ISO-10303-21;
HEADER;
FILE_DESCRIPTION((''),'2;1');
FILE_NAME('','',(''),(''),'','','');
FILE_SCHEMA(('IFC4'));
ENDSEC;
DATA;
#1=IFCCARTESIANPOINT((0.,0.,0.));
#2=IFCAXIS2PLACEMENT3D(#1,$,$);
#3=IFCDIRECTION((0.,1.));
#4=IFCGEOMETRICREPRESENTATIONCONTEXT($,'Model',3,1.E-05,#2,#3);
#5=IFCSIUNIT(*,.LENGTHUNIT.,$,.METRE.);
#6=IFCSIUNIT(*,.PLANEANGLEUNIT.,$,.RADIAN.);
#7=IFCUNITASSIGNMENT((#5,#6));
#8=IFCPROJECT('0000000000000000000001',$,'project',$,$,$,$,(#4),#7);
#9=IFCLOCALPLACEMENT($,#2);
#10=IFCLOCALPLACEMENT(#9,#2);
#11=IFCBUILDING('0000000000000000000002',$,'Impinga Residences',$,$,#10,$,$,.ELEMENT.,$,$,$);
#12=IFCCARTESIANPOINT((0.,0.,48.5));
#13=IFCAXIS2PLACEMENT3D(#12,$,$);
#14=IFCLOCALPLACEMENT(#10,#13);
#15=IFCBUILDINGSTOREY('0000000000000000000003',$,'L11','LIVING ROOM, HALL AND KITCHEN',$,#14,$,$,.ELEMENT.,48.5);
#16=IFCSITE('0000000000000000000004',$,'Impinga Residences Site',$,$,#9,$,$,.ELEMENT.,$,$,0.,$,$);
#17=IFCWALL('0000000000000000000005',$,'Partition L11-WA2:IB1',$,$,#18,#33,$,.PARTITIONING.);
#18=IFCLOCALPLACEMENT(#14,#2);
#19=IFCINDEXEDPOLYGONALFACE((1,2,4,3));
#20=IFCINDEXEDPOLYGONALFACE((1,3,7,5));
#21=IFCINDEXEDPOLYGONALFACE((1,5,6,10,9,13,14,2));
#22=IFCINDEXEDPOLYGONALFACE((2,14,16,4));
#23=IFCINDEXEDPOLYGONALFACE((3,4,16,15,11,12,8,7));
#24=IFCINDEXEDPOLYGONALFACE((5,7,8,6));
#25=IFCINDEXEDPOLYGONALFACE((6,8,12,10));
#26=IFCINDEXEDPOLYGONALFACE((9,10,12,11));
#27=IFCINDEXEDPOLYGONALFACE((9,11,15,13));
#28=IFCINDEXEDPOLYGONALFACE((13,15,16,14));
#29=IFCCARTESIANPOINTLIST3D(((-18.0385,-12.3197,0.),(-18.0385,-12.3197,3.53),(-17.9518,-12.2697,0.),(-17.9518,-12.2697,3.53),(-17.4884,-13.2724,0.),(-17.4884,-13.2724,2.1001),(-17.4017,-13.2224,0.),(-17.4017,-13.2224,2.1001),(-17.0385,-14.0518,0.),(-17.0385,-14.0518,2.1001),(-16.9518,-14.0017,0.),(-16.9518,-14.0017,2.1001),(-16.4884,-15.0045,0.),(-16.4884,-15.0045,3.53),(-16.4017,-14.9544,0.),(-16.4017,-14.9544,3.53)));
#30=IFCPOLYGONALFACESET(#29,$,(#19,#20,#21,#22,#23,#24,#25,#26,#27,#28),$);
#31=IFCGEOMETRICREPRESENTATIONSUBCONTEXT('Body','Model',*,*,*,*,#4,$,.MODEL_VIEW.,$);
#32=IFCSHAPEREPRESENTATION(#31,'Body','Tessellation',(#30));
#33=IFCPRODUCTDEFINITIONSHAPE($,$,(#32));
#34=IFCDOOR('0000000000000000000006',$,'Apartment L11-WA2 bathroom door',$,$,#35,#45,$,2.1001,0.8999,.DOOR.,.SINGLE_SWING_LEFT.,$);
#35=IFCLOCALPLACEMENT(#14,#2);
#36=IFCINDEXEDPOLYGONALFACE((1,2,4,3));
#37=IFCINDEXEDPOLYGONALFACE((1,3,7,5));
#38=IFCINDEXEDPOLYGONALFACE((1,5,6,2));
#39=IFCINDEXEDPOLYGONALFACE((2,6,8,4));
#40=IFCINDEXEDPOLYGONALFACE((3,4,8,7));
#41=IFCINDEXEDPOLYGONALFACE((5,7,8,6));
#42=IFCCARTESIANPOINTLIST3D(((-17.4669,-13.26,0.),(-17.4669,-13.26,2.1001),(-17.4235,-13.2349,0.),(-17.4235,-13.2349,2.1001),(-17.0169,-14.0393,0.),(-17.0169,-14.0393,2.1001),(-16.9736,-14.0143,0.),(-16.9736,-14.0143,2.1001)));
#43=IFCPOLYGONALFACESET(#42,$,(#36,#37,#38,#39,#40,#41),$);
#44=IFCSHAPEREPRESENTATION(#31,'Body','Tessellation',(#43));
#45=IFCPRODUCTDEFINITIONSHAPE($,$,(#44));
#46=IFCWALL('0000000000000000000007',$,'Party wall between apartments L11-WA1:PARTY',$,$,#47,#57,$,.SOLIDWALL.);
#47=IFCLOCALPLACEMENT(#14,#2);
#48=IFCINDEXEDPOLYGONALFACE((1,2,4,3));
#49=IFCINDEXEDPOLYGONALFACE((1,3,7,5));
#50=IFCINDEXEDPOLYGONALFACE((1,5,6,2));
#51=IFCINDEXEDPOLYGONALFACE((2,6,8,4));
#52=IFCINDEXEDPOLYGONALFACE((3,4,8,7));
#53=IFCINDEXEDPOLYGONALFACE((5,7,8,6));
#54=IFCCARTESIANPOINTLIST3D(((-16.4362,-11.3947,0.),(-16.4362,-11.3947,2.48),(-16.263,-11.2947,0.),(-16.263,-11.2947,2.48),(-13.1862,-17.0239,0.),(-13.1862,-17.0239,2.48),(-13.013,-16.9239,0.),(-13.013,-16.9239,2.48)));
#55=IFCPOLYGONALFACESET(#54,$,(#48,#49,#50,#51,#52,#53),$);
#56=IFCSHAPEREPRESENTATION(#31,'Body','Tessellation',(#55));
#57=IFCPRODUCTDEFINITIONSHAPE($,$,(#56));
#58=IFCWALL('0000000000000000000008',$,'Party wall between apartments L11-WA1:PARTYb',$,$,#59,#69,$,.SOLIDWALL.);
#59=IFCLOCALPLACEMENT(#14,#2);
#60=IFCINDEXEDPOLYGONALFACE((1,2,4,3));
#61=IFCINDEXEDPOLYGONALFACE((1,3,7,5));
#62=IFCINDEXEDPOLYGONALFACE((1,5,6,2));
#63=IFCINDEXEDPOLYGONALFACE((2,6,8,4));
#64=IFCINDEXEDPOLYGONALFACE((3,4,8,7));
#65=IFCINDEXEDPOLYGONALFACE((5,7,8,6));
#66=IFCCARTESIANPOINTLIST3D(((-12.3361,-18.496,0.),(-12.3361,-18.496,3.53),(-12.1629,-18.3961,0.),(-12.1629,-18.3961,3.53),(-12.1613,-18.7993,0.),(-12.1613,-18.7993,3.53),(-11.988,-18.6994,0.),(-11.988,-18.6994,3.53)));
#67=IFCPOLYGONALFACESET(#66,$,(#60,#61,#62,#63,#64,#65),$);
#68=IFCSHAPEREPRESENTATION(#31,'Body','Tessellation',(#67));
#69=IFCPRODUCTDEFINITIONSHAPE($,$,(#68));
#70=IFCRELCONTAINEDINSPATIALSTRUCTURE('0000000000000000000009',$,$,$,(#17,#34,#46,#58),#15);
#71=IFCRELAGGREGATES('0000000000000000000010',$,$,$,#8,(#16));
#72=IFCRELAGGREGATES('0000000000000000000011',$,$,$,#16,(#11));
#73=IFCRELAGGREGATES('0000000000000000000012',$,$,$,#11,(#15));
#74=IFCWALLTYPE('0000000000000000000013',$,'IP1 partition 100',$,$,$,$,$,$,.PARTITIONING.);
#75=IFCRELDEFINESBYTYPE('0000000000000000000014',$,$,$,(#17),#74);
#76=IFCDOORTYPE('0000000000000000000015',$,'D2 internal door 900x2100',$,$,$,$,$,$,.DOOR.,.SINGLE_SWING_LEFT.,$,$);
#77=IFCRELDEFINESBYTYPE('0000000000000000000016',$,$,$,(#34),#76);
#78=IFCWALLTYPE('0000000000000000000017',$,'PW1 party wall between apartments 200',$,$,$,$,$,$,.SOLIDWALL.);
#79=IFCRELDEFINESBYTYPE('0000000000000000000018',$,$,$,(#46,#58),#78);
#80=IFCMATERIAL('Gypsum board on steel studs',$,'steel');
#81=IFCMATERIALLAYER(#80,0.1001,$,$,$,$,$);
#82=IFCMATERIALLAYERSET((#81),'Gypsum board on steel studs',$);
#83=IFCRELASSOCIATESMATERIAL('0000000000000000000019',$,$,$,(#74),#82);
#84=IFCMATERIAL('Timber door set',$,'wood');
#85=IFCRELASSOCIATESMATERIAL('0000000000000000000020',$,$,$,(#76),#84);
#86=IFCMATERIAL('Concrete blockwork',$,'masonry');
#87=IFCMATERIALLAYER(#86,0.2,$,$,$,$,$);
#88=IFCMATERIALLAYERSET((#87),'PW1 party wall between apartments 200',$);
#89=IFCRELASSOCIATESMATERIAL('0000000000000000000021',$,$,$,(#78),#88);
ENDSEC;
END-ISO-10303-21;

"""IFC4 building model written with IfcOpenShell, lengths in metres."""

from ifc_helpers import new_model, si_unit, direction, frame, frame_2d, origin, place, context, subcontext, project, spatial, rectangle, extrude, material, layer, layer_set, type_object, element, fill, save


model = new_model("IFC4")

# Units and contexts
model_context = context("Model", 3, precision=1e-05, world=origin(), true_north=direction((0.0, 1.0)))
body_context = subcontext(model_context, "Body", "Model", "MODEL_VIEW")
ifc_project = project(units=[si_unit("LENGTHUNIT", "METRE"), si_unit("PLANEANGLEUNIT", "RADIAN")], contexts=[model_context])

# Site, building, storey
site_placement = place(None, origin())
site = spatial("IfcSite", under=ifc_project, at=site_placement, Name="Impinga Residences Site", CompositionType="ELEMENT", RefElevation=0.0)
building_placement = place(site_placement, origin())
building = spatial("IfcBuilding", under=site, at=building_placement, Name="Impinga Residences", CompositionType="ELEMENT")
storey_placement = place(building_placement, frame((0.0, 0.0, 48.5)))
storey = spatial("IfcBuildingStorey", under=building, at=storey_placement, Name="L11", Description="LIVING ROOM, HALL AND KITCHEN", CompositionType="ELEMENT", Elevation=48.5)

# Shared definitions
ifc_material_1 = material(Name="Gypsum board on steel studs", Category="steel")
ifc_layer_1 = layer(ifc_material_1, 0.1001)
ifc_layer_set_1 = layer_set([ifc_layer_1], Name="Gypsum board on steel studs")
wall_type_1 = type_object("IfcWallType", Name="IP1 partition 100", PredefinedType="PARTITIONING", material=ifc_layer_set_1)
ifc_material_2 = material(Name="Timber door set", Category="wood")
door_type = type_object("IfcDoorType", Name="D2 internal door 900x2100", OperationType="SINGLE_SWING_LEFT", PredefinedType="DOOR", material=ifc_material_2)

# Wall, opening, door
wall_1_placement = place(storey_placement, frame((-17.9951, -12.2947, 0.0), z_axis=(0.0, 0.0, 1.0), x_axis=(0.499993, -0.86603, 0.0)))
wall_1 = element("IfcWall", 1, at=wall_1_placement, inside=storey, type_object=wall_type_1, Name="Partition L11-WA2:IB1", PredefinedType="PARTITIONING", context=body_context, shape_type="SweptSolid", body=[
    extrude(rectangle(XDim=3.1001, YDim=0.1001, at=frame_2d((1.55, 0.0))), origin(), (0.0, 0.0, 1.0), 3.53),
])
opening_1_placement = place(wall_1_placement, frame((1.1001, 0.0, 0.0)))
opening_1 = element("IfcOpeningElement", 2, at=opening_1_placement, cuts=wall_1, PredefinedType="OPENING", context=body_context, shape_type="SweptSolid", body=[
    extrude(rectangle(XDim=0.8999, YDim=2.1001, at=frame_2d((0.45, 1.05))), frame((0.0, 0.0601, 0.0), z_axis=(0.0, -1.0, 0.0), x_axis=(1.0, 0.0, 0.0)), (0.0, 0.0, 1.0), 0.1201),
])
door_1_placement = place(opening_1_placement, origin())
door_1 = element("IfcDoor", 3, at=door_1_placement, inside=storey, type_object=door_type, Name="Apartment L11-WA2 bathroom door", OperationType="SINGLE_SWING_LEFT", OverallHeight=2.1001, OverallWidth=0.8999, PredefinedType="DOOR", context=body_context, shape_type="SweptSolid", body=[
    extrude(rectangle(XDim=0.8999, YDim=2.1001, at=frame_2d((0.45, 1.05))), frame((0.0, 0.0249, 0.0), z_axis=(0.0, -1.0, 0.0), x_axis=(1.0, 0.0, 0.0)), (0.0, 0.0, 1.0), 0.05),
])
fill(opening_1, door_1)

# Walls
ifc_material_3 = material(Name="Concrete blockwork", Category="masonry")
ifc_layer_2 = layer(ifc_material_3, 0.2)
ifc_layer_set_2 = layer_set([ifc_layer_2], Name="PW1 party wall between apartments 200")
wall_type_2 = type_object("IfcWallType", Name="PW1 party wall between apartments 200", PredefinedType="SOLIDWALL", material=ifc_layer_set_2)
wall_2_placement = place(storey_placement, frame((-16.3496, -11.3447, 0.0), z_axis=(0.0, 0.0, 1.0), x_axis=(0.500001, -0.866025, 0.0)))
element("IfcWall", 4, at=wall_2_placement, inside=storey, type_object=wall_type_2, Name="Party wall between apartments L11-WA1:PARTY", PredefinedType="SOLIDWALL", context=body_context, shape_type="SweptSolid", body=[
    extrude(rectangle(XDim=6.5, YDim=0.2, at=frame_2d((3.25, 0.0))), origin(), (0.0, 0.0, 1.0), 2.48),
])
wall_3_placement = place(storey_placement, frame((-12.2495, -18.446, 0.0), z_axis=(0.0, 0.0, 1.0), x_axis=(0.499441, -0.866348, 0.0)))
element("IfcWall", 5, at=wall_3_placement, inside=storey, type_object=wall_type_2, Name="Party wall between apartments L11-WA1:PARTYb", PredefinedType="SOLIDWALL", context=body_context, shape_type="SweptSolid", body=[
    extrude(rectangle(XDim=0.3501, YDim=0.2, at=frame_2d((0.175, 0.0))), origin(), (0.0, 0.0, 1.0), 3.53),
])

save(model, "model.ifc")
